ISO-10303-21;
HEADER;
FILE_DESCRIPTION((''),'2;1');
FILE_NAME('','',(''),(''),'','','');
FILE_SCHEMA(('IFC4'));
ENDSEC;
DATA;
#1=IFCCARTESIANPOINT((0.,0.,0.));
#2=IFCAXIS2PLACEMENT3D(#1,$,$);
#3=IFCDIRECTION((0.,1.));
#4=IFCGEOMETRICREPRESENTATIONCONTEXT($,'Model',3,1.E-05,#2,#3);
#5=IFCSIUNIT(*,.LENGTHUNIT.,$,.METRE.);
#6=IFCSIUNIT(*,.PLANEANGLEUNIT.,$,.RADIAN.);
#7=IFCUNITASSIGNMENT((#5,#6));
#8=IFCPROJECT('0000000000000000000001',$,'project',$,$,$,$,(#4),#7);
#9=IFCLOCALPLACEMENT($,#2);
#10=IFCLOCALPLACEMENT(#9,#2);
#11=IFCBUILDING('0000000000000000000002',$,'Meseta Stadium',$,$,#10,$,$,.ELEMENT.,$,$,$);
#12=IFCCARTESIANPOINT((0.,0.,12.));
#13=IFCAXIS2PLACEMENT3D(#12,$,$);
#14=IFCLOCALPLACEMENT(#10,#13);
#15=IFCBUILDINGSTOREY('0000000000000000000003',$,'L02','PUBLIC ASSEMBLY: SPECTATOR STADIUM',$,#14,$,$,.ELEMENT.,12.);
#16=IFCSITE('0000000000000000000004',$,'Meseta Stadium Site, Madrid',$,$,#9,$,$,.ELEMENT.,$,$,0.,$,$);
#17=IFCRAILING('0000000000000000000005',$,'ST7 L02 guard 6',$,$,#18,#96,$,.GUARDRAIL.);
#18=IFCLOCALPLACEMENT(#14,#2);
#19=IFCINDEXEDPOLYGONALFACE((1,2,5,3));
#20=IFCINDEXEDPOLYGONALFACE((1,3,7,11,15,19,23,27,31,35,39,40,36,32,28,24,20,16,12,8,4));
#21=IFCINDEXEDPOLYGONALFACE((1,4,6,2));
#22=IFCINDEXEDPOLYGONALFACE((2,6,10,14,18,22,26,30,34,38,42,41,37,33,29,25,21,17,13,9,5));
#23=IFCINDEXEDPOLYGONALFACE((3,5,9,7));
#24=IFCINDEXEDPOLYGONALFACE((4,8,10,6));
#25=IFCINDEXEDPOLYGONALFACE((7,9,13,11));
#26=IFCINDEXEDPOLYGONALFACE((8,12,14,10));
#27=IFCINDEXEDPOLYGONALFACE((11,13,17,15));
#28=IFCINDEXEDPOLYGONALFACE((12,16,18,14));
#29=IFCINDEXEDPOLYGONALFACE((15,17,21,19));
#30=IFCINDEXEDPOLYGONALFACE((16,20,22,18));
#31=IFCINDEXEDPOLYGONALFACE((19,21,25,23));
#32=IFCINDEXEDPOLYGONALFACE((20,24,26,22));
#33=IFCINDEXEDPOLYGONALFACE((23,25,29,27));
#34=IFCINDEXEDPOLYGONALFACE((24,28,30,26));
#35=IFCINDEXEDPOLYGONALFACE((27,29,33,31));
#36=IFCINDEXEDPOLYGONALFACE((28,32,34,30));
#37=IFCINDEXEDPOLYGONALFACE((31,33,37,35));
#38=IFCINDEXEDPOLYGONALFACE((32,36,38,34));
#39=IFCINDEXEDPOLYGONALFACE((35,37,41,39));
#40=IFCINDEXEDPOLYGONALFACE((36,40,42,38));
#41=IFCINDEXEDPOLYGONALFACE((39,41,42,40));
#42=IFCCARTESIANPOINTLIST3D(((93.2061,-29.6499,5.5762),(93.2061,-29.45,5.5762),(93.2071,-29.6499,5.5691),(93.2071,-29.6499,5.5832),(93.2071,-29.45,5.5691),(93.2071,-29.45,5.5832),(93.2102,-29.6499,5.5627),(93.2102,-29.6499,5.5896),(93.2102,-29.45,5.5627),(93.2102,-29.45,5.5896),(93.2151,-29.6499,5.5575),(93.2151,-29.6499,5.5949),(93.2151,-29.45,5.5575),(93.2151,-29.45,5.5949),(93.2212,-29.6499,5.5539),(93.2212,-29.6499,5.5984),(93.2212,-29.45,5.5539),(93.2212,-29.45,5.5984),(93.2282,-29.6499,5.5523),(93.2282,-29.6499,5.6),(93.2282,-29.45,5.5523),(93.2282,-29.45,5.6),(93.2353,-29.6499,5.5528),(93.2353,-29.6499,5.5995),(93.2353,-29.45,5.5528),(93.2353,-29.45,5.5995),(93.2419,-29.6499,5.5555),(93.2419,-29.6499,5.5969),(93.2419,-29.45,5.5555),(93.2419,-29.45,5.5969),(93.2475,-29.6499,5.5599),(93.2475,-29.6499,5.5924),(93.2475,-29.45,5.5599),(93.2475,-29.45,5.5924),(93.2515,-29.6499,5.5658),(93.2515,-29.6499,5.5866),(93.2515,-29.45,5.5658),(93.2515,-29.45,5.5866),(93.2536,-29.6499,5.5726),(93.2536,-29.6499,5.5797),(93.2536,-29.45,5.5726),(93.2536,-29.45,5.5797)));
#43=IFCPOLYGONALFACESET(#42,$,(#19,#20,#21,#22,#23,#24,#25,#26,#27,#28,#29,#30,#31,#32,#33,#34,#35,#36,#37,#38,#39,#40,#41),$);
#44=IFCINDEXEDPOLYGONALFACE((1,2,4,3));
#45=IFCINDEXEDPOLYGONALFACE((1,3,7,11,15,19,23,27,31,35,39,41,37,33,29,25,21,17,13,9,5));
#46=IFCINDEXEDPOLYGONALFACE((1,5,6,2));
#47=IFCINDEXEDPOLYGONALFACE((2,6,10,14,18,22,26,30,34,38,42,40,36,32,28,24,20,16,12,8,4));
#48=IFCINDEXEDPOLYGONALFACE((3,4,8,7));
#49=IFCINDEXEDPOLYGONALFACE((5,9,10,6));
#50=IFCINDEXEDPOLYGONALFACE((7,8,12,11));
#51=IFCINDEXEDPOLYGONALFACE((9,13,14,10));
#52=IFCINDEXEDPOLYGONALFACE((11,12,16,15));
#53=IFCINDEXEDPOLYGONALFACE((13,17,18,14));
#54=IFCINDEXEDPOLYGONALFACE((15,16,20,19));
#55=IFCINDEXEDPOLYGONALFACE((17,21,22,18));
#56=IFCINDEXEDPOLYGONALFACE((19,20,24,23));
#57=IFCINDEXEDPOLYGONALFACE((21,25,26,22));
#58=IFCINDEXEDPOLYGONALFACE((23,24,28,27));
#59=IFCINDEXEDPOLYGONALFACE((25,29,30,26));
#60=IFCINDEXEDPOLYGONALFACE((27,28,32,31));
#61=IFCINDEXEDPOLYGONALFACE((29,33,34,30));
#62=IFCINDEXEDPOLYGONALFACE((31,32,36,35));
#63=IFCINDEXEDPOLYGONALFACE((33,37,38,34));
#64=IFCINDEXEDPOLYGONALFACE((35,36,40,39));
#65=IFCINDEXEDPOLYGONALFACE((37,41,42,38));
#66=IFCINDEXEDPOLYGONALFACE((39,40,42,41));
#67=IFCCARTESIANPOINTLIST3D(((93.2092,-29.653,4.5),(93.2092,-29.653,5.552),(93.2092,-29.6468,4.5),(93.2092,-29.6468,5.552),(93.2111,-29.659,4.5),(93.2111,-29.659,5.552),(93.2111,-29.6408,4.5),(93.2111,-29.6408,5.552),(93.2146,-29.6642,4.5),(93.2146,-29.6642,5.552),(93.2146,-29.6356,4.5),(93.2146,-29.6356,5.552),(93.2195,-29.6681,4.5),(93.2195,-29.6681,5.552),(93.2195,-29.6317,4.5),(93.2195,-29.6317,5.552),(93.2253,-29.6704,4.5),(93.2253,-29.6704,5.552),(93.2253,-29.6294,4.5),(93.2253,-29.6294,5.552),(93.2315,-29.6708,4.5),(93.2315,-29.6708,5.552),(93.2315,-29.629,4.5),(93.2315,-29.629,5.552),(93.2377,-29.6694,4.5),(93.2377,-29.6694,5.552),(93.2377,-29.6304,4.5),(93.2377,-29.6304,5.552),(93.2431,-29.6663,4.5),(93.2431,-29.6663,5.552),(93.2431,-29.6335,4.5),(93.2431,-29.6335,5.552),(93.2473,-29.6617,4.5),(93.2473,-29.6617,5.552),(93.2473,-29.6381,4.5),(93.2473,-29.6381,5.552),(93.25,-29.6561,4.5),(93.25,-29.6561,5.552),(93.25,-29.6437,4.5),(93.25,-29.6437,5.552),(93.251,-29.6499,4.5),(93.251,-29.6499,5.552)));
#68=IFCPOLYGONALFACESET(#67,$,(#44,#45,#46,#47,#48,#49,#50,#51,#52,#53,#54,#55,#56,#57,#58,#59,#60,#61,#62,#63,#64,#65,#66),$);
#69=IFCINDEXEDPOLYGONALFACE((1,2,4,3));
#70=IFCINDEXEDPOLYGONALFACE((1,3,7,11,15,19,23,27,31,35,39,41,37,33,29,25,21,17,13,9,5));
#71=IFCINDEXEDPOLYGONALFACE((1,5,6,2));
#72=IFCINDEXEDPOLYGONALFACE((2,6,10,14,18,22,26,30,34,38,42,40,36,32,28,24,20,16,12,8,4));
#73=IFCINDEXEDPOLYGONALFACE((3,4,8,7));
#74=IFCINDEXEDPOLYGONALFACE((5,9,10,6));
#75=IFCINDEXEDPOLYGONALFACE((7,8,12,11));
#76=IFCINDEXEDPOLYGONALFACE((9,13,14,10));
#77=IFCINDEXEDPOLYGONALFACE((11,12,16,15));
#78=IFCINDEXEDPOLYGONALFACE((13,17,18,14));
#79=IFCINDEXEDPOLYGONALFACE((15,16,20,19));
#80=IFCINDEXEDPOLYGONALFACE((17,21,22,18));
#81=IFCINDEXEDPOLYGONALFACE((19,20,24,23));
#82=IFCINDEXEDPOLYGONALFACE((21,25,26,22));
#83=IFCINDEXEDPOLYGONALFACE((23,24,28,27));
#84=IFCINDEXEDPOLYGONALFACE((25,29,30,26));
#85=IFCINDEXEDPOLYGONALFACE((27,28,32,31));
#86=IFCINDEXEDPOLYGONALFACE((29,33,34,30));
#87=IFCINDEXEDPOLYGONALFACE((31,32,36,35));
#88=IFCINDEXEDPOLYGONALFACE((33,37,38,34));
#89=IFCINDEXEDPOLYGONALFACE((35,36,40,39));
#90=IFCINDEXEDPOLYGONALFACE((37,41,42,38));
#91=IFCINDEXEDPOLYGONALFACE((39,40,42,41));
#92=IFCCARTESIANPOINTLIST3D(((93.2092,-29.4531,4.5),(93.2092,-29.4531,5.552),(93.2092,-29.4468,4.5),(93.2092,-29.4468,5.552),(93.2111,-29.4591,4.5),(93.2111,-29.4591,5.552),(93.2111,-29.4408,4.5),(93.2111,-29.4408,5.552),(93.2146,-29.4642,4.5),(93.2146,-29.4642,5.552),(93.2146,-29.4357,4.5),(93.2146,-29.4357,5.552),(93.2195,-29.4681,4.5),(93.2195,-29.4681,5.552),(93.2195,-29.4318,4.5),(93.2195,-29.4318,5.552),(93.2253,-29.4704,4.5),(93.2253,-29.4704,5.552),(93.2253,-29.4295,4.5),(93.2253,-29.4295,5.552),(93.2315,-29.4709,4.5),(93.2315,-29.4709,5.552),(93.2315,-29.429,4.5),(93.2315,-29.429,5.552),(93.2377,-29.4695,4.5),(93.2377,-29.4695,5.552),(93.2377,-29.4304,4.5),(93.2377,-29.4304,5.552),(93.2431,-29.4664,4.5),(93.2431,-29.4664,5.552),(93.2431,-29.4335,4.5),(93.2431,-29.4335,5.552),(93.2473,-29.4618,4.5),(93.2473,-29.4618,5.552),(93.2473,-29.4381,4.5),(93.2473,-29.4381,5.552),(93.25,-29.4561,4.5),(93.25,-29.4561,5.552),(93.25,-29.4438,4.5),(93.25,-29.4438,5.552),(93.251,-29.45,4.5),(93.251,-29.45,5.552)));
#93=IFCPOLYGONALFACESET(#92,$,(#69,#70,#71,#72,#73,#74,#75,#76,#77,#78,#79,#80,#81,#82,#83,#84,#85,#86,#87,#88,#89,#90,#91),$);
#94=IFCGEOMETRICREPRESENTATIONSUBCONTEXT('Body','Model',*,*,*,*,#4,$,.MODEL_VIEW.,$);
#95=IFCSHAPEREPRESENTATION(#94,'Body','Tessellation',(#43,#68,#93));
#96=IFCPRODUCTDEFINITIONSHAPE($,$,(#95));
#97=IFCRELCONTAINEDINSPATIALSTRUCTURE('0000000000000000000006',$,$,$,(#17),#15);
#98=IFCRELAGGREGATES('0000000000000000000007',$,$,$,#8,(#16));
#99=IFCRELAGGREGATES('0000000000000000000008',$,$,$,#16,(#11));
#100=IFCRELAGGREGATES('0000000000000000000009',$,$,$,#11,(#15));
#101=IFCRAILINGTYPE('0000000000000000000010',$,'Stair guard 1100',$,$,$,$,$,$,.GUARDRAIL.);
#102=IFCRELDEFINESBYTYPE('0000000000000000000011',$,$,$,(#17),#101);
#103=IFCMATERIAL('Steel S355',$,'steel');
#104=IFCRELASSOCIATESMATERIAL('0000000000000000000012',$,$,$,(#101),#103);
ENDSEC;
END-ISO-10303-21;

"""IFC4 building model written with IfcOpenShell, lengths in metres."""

from ifc_helpers import new_model, si_unit, direction, frame, origin, origin_2d, place, context, subcontext, project, spatial, circle, extrude, material, type_object, element, save


model = new_model("IFC4")

# Units and contexts
model_context = context("Model", 3, precision=1e-05, world=origin(), true_north=direction((0.0, 1.0)))
body_context = subcontext(model_context, "Body", "Model", "MODEL_VIEW")
ifc_project = project(units=[si_unit("LENGTHUNIT", "METRE"), si_unit("PLANEANGLEUNIT", "RADIAN")], contexts=[model_context])

# Site, building, storey
site_placement = place(None, origin())
site = spatial("IfcSite", under=ifc_project, at=site_placement, Name="Meseta Stadium Site, Madrid", CompositionType="ELEMENT", RefElevation=0.0)
building_placement = place(site_placement, origin())
building = spatial("IfcBuilding", under=site, at=building_placement, Name="Meseta Stadium", CompositionType="ELEMENT")
storey_placement = place(building_placement, frame((0.0, 0.0, 12.0)))
storey = spatial("IfcBuildingStorey", under=building, at=storey_placement, Name="L02", Description="PUBLIC ASSEMBLY: SPECTATOR STADIUM", CompositionType="ELEMENT", Elevation=12.0)

# Railing
ifc_material_1 = material(Name="Steel S355", Category="steel")
railing_type_1 = type_object("IfcRailingType", Name="Stair guard 1100", PredefinedType="GUARDRAIL", material=ifc_material_1)
railing_1_placement = place(storey_placement, frame((93.23, -29.6499, 4.5)))
element("IfcRailing", 1, at=railing_1_placement, inside=storey, type_object=railing_type_1, Name="ST7 L02 guard 6", PredefinedType="GUARDRAIL", context=body_context, shape_type="SweptSolid", body=[
    extrude(circle(Radius=0.0239, at=origin_2d()), frame((0.0, 0.0, 1.0762), z_axis=(0.0, 1.0, 0.0), x_axis=(-1.0, 0.0, 0.0)), (0.0, 0.0, 1.0), 0.2),
    extrude(circle(Radius=0.021, at=origin_2d()), origin(), (0.0, 0.0, 1.0), 1.052),
    extrude(circle(Radius=0.021, at=origin_2d()), frame((0.0, 0.2, 0.0)), (0.0, 0.0, 1.0), 1.052),
])

save(model, "model.ifc")
